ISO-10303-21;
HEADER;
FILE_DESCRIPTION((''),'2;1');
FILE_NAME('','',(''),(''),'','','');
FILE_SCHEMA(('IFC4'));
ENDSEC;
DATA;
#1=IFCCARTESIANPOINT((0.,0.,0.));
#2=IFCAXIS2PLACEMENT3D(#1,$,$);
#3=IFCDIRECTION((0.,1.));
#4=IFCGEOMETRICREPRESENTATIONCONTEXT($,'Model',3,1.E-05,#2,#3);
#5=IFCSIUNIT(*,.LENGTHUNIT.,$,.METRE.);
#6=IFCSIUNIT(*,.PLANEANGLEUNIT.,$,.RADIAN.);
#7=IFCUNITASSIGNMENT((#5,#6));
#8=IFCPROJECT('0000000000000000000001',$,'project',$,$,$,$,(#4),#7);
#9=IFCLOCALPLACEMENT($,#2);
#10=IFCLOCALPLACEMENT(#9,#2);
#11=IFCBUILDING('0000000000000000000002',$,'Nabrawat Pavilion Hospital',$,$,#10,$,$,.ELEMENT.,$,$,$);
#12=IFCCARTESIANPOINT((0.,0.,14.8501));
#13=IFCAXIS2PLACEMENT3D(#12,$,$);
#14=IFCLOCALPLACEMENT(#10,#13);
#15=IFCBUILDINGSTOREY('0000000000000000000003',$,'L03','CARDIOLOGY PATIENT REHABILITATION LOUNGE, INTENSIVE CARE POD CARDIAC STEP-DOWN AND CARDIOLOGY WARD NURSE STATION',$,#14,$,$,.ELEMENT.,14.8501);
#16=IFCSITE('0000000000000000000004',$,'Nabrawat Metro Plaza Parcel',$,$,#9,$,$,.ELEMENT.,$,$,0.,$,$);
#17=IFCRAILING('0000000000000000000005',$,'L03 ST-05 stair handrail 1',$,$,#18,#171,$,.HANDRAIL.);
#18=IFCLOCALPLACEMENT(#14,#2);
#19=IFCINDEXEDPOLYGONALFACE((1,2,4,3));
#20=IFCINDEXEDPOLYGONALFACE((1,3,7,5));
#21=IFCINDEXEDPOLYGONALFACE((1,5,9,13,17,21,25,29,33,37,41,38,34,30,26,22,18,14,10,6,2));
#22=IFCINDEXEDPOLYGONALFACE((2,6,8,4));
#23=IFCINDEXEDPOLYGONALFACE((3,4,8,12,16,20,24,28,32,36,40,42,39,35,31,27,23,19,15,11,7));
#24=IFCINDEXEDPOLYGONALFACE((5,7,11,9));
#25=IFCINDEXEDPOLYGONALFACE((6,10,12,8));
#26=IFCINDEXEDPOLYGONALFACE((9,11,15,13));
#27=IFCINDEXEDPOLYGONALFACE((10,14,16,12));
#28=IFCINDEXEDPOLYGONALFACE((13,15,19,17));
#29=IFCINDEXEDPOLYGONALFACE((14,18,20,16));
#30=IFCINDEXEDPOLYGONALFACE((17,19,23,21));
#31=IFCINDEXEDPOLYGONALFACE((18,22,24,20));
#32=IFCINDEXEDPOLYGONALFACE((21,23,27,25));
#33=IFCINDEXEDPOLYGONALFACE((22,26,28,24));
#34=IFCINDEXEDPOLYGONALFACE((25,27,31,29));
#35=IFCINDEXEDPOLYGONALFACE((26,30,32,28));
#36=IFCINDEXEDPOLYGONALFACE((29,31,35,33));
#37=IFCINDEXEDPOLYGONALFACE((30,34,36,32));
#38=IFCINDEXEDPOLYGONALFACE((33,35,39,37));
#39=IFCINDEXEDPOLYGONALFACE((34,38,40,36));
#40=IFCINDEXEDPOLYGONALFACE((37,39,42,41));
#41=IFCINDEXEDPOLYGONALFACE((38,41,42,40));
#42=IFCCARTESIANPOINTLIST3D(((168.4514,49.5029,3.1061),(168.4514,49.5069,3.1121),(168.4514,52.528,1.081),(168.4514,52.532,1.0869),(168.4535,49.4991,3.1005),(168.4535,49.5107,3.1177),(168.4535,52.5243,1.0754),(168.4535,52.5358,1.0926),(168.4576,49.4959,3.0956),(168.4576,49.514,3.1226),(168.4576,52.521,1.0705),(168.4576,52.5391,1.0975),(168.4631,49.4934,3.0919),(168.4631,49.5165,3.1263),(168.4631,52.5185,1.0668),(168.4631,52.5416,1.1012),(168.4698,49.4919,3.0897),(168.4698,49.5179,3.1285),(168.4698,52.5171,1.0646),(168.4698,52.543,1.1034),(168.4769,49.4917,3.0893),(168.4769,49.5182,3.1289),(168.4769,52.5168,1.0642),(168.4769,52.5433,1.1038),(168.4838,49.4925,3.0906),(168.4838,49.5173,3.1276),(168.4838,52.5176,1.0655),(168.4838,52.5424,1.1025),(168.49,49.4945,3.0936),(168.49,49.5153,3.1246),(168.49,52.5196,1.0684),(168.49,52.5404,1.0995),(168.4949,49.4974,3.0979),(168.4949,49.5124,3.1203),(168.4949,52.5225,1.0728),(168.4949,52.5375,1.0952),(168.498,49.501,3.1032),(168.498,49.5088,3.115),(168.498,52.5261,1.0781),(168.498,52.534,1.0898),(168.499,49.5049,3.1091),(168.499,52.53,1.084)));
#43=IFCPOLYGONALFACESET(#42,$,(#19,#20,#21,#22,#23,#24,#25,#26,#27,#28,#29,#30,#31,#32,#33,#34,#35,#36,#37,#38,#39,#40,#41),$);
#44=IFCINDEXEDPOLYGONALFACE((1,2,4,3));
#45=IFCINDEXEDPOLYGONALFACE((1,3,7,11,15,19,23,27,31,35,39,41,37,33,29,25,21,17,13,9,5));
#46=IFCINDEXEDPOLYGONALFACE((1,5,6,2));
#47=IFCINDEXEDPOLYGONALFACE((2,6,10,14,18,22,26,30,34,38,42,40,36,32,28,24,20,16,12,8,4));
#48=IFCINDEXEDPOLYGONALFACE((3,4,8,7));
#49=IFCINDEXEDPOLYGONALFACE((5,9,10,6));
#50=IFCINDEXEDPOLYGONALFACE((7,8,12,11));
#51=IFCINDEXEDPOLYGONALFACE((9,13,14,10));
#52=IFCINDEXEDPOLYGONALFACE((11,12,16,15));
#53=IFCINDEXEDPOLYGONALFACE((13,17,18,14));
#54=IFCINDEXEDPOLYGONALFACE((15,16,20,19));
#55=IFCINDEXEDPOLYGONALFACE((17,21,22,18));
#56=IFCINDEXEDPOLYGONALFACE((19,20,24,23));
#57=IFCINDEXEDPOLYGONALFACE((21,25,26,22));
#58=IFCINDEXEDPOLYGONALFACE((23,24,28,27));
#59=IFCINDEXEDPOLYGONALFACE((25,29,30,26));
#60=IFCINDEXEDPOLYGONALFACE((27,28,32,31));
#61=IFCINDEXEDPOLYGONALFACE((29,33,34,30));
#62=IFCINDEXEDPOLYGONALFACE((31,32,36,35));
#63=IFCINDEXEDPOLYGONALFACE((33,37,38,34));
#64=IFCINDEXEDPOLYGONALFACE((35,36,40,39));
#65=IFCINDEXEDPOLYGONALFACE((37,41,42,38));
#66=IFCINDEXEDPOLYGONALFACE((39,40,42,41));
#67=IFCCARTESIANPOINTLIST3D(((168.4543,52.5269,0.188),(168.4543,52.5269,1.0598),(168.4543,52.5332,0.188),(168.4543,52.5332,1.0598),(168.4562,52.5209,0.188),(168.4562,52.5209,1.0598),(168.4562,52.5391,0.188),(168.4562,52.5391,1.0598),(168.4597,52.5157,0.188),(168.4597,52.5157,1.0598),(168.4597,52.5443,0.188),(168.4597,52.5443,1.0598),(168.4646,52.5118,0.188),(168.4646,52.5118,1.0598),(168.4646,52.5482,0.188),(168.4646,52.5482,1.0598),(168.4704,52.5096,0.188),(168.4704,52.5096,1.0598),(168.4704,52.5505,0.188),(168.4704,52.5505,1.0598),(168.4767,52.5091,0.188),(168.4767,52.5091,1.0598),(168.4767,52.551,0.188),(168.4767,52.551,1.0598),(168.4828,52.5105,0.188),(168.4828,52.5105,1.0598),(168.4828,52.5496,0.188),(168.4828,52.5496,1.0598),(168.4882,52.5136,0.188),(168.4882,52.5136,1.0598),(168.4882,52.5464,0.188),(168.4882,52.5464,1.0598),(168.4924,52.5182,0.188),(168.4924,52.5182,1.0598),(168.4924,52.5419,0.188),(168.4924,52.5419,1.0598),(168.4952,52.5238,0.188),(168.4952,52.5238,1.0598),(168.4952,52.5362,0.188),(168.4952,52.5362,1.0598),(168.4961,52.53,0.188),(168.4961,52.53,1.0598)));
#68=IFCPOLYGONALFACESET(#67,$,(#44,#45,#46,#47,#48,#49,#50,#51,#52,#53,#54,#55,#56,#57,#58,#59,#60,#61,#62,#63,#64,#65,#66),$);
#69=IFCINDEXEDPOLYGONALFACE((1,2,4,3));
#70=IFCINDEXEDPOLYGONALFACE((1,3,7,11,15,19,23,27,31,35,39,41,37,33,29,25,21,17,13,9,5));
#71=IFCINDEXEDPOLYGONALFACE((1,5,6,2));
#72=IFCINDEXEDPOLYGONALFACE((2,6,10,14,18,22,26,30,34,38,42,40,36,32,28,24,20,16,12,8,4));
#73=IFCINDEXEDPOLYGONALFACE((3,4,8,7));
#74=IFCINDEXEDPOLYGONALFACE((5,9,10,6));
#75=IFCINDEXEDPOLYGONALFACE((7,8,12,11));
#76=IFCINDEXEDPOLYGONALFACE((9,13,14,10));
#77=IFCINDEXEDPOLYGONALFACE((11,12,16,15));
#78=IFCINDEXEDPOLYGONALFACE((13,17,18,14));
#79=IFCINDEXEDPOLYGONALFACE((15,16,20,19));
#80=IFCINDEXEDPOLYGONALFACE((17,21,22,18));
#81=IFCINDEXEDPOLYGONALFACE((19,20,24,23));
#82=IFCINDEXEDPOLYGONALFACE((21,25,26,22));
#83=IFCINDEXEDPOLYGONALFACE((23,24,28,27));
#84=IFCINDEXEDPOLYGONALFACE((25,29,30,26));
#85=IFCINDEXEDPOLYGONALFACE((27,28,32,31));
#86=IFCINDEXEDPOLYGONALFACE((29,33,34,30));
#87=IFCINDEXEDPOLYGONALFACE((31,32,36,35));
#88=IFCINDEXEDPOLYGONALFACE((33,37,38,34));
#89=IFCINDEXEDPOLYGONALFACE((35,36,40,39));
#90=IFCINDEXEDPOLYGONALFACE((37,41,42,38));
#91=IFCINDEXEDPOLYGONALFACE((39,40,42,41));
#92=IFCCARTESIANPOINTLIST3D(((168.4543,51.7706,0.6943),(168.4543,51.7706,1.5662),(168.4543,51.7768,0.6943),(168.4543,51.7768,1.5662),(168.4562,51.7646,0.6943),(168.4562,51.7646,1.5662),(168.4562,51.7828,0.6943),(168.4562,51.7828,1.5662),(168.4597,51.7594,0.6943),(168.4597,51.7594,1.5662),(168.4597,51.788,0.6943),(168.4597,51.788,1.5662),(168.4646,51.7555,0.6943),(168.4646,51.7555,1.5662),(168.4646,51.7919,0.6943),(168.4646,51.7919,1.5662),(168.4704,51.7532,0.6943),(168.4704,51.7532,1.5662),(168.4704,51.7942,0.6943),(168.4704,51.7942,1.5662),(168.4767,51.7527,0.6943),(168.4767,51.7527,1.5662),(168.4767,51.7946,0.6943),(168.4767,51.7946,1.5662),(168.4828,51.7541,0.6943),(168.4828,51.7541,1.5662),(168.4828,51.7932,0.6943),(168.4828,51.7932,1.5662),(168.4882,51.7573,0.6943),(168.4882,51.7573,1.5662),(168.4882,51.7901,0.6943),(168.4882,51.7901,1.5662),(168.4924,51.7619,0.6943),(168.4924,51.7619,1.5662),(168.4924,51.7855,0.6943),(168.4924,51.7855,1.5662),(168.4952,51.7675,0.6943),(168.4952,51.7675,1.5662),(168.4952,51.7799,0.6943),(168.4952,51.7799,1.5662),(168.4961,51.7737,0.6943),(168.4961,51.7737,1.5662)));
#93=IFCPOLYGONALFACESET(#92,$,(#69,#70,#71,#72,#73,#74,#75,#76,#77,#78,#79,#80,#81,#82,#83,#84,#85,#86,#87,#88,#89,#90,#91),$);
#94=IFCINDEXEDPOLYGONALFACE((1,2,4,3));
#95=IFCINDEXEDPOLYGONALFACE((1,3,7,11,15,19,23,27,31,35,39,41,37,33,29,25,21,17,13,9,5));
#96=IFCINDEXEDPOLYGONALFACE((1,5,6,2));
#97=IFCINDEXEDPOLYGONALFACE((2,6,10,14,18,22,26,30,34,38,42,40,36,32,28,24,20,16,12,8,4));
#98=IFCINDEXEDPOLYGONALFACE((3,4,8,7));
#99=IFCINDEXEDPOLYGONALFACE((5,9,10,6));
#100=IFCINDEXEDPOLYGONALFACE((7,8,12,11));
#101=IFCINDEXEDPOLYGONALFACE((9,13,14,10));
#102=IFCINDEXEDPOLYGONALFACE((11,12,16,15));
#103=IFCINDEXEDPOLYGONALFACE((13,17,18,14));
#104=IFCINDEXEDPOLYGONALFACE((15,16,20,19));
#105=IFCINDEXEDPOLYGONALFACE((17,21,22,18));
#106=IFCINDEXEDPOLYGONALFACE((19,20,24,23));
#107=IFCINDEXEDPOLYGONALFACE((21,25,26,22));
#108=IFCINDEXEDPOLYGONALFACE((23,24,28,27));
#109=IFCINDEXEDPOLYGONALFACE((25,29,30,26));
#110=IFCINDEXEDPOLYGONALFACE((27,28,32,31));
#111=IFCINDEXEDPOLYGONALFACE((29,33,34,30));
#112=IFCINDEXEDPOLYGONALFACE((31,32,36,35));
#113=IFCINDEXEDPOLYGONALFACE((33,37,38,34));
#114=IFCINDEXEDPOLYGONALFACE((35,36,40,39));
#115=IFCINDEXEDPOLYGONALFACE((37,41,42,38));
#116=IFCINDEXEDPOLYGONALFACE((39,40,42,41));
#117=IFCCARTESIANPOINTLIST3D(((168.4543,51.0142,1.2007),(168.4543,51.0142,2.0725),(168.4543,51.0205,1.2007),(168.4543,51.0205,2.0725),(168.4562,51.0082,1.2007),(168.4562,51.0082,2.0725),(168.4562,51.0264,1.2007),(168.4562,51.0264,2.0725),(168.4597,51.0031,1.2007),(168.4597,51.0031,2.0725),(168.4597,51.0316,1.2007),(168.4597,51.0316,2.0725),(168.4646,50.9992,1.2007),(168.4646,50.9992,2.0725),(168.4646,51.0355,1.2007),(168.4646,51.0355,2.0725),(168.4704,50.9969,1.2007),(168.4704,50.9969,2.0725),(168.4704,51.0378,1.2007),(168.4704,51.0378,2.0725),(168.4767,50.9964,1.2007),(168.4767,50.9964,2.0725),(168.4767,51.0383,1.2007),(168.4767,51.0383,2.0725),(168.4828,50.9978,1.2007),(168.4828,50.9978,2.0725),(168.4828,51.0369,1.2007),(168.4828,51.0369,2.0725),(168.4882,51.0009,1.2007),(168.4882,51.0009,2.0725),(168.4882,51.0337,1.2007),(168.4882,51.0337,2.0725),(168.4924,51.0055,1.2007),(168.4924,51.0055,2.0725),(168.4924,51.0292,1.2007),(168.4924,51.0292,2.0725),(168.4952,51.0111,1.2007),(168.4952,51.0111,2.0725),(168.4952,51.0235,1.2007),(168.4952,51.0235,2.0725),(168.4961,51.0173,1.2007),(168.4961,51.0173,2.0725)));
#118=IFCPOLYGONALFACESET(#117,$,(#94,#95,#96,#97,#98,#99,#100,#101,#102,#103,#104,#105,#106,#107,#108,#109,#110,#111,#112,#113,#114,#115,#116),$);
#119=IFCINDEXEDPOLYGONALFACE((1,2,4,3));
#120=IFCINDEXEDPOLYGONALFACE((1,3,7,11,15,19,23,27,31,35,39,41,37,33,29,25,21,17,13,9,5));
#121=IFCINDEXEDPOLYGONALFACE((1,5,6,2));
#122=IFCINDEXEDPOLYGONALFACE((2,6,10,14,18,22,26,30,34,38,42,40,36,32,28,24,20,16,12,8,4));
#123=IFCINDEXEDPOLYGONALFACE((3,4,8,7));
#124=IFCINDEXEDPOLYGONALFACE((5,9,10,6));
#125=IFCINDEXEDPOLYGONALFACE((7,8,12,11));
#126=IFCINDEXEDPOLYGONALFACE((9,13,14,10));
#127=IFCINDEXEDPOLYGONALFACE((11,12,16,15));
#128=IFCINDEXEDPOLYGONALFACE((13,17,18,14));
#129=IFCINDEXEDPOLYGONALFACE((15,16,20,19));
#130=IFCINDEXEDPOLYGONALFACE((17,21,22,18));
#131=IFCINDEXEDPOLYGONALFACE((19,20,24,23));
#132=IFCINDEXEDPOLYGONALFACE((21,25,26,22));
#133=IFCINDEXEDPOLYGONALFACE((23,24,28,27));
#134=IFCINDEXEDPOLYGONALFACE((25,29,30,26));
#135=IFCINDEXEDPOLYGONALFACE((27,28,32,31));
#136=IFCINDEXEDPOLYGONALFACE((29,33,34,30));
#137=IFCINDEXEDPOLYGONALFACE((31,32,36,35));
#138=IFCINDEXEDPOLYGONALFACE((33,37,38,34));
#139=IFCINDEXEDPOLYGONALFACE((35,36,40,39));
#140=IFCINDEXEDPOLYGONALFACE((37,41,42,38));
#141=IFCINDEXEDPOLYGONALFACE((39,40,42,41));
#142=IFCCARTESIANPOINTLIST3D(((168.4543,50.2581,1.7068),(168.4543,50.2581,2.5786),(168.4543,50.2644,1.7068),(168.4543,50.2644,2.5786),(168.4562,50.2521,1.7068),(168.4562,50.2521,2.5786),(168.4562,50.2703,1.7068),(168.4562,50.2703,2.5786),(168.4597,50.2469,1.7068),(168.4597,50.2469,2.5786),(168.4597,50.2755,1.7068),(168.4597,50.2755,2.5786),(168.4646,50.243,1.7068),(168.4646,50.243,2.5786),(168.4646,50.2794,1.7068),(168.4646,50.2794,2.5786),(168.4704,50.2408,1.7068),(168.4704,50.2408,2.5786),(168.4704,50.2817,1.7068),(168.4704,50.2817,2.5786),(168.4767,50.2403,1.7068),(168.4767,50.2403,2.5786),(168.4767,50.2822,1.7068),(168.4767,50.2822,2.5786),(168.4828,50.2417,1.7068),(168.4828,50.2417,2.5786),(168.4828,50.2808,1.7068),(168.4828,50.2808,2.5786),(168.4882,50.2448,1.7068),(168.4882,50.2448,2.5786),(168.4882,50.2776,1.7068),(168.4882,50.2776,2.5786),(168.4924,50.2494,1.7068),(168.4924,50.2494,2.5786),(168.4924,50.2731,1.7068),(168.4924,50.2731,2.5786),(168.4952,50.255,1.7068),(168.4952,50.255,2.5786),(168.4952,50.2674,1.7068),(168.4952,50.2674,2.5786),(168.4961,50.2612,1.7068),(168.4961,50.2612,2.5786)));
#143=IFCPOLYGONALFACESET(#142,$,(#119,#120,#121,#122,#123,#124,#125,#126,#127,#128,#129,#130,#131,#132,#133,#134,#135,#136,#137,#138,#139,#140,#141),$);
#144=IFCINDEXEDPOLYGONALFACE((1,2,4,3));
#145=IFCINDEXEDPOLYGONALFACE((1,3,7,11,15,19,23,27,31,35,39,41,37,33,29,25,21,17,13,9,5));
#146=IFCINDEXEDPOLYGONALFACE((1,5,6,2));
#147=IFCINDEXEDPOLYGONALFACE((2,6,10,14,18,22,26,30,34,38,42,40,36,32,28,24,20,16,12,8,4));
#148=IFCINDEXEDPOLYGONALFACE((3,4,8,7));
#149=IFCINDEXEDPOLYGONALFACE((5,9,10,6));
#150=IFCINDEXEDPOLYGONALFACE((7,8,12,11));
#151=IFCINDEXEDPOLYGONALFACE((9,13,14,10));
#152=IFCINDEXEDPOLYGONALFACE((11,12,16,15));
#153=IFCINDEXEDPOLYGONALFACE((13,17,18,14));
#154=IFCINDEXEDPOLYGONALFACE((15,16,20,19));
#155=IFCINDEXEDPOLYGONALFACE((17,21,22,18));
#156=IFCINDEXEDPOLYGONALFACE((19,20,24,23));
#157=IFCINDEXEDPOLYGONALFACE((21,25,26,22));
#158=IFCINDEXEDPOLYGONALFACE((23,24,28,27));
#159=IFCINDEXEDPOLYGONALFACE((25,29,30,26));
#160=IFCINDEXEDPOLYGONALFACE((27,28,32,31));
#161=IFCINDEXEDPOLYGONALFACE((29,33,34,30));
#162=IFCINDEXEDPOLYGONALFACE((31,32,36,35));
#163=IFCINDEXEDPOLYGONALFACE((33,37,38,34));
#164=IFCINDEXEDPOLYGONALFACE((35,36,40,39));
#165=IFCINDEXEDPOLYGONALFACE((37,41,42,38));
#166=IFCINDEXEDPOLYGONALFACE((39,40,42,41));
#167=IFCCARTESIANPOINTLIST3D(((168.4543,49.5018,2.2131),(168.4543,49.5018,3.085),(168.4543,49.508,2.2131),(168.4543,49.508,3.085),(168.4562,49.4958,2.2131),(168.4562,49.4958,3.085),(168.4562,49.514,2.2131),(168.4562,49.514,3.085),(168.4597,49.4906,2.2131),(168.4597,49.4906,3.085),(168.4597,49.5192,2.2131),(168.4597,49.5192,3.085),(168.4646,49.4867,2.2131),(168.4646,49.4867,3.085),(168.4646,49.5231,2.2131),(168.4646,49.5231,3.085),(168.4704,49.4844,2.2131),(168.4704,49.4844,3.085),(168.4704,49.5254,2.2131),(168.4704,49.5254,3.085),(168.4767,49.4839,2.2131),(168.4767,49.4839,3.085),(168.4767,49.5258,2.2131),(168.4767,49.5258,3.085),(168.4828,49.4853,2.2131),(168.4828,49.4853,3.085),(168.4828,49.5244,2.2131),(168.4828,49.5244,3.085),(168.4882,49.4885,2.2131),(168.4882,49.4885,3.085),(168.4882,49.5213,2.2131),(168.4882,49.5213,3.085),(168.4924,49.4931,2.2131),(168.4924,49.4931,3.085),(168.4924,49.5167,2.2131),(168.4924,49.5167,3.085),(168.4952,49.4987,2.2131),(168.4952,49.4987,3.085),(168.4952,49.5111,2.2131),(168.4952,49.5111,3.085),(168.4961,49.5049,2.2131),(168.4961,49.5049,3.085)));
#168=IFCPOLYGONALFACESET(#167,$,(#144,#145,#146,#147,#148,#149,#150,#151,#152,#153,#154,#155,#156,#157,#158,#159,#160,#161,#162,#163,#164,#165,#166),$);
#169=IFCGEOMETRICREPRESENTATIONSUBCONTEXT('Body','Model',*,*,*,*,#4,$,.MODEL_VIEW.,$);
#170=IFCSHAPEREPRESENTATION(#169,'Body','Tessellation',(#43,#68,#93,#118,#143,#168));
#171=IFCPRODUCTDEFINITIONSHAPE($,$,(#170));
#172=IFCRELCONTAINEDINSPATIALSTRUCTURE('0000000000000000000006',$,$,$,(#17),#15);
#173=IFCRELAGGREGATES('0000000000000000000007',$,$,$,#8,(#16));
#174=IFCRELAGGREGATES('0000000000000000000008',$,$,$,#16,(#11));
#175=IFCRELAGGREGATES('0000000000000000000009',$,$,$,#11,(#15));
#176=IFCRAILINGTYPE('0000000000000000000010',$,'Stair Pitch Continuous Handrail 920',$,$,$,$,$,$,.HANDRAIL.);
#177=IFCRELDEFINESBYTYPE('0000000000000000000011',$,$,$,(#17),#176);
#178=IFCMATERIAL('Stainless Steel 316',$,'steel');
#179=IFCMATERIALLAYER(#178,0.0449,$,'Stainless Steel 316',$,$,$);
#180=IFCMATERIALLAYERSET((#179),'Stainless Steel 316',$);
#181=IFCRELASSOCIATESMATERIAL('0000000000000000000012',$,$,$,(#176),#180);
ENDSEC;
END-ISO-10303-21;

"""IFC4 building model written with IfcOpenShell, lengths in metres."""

from ifc_helpers import new_model, si_unit, direction, frame, origin, origin_2d, place, context, subcontext, project, spatial, circle, extrude, material, layer, layer_set, type_object, element, save


model = new_model("IFC4")

# Units and contexts
model_context = context("Model", 3, precision=1e-05, world=origin(), true_north=direction((0.0, 1.0)))
body_context = subcontext(model_context, "Body", "Model", "MODEL_VIEW")
ifc_project = project(units=[si_unit("LENGTHUNIT", "METRE"), si_unit("PLANEANGLEUNIT", "RADIAN")], contexts=[model_context])

# Site, building, storey
site_placement = place(None, origin())
site = spatial("IfcSite", under=ifc_project, at=site_placement, Name="Nabrawat Metro Plaza Parcel", CompositionType="ELEMENT", RefElevation=0.0)
building_placement = place(site_placement, origin())
building = spatial("IfcBuilding", under=site, at=building_placement, Name="Nabrawat Pavilion Hospital", CompositionType="ELEMENT")
storey_placement = place(building_placement, frame((0.0, 0.0, 14.8501)))
storey = spatial("IfcBuildingStorey", under=building, at=storey_placement, Name="L03", Description="CARDIOLOGY PATIENT REHABILITATION LOUNGE, INTENSIVE CARE POD CARDIAC STEP-DOWN AND CARDIOLOGY WARD NURSE STATION", CompositionType="ELEMENT", Elevation=14.8501)

# Railing
ifc_material_1 = material(Name="Stainless Steel 316", Category="steel")
ifc_layer_1 = layer(ifc_material_1, 0.0449, Name="Stainless Steel 316")
ifc_layer_set_1 = layer_set([ifc_layer_1], Name="Stainless Steel 316")
railing_type_1 = type_object("IfcRailingType", Name="Stair Pitch Continuous Handrail 920", PredefinedType="HANDRAIL", material=ifc_layer_set_1)
railing_1_placement = place(storey_placement, frame((168.4751, 52.53, 0.188)))
element("IfcRailing", 1, at=railing_1_placement, inside=storey, type_object=railing_type_1, Name="L03 ST-05 stair handrail 1", PredefinedType="HANDRAIL", context=body_context, shape_type="SweptSolid", body=[
    extrude(circle(Radius=0.0239, at=origin_2d()), frame((0.0, 0.0, 0.896), z_axis=(0.0, -0.830986, 0.556293), x_axis=(1.0, 0.0, 0.0)), (0.0, 0.0, 1.0), 3.6404),
    extrude(circle(Radius=0.021, at=origin_2d()), origin(), (0.0, 0.0, 1.0), 0.8718),
    extrude(circle(Radius=0.021, at=origin_2d()), frame((0.0, -0.7563, 0.5063)), (0.0, 0.0, 1.0), 0.8718),
    extrude(circle(Radius=0.021, at=origin_2d()), frame((0.0, -1.5127, 1.0127)), (0.0, 0.0, 1.0), 0.8718),
    extrude(circle(Radius=0.021, at=origin_2d()), frame((0.0, -2.2688, 1.5188)), (0.0, 0.0, 1.0), 0.8718),
    extrude(circle(Radius=0.021, at=origin_2d()), frame((0.0, -3.0251, 2.0251)), (0.0, 0.0, 1.0), 0.8718),
])

save(model, "model.ifc")
